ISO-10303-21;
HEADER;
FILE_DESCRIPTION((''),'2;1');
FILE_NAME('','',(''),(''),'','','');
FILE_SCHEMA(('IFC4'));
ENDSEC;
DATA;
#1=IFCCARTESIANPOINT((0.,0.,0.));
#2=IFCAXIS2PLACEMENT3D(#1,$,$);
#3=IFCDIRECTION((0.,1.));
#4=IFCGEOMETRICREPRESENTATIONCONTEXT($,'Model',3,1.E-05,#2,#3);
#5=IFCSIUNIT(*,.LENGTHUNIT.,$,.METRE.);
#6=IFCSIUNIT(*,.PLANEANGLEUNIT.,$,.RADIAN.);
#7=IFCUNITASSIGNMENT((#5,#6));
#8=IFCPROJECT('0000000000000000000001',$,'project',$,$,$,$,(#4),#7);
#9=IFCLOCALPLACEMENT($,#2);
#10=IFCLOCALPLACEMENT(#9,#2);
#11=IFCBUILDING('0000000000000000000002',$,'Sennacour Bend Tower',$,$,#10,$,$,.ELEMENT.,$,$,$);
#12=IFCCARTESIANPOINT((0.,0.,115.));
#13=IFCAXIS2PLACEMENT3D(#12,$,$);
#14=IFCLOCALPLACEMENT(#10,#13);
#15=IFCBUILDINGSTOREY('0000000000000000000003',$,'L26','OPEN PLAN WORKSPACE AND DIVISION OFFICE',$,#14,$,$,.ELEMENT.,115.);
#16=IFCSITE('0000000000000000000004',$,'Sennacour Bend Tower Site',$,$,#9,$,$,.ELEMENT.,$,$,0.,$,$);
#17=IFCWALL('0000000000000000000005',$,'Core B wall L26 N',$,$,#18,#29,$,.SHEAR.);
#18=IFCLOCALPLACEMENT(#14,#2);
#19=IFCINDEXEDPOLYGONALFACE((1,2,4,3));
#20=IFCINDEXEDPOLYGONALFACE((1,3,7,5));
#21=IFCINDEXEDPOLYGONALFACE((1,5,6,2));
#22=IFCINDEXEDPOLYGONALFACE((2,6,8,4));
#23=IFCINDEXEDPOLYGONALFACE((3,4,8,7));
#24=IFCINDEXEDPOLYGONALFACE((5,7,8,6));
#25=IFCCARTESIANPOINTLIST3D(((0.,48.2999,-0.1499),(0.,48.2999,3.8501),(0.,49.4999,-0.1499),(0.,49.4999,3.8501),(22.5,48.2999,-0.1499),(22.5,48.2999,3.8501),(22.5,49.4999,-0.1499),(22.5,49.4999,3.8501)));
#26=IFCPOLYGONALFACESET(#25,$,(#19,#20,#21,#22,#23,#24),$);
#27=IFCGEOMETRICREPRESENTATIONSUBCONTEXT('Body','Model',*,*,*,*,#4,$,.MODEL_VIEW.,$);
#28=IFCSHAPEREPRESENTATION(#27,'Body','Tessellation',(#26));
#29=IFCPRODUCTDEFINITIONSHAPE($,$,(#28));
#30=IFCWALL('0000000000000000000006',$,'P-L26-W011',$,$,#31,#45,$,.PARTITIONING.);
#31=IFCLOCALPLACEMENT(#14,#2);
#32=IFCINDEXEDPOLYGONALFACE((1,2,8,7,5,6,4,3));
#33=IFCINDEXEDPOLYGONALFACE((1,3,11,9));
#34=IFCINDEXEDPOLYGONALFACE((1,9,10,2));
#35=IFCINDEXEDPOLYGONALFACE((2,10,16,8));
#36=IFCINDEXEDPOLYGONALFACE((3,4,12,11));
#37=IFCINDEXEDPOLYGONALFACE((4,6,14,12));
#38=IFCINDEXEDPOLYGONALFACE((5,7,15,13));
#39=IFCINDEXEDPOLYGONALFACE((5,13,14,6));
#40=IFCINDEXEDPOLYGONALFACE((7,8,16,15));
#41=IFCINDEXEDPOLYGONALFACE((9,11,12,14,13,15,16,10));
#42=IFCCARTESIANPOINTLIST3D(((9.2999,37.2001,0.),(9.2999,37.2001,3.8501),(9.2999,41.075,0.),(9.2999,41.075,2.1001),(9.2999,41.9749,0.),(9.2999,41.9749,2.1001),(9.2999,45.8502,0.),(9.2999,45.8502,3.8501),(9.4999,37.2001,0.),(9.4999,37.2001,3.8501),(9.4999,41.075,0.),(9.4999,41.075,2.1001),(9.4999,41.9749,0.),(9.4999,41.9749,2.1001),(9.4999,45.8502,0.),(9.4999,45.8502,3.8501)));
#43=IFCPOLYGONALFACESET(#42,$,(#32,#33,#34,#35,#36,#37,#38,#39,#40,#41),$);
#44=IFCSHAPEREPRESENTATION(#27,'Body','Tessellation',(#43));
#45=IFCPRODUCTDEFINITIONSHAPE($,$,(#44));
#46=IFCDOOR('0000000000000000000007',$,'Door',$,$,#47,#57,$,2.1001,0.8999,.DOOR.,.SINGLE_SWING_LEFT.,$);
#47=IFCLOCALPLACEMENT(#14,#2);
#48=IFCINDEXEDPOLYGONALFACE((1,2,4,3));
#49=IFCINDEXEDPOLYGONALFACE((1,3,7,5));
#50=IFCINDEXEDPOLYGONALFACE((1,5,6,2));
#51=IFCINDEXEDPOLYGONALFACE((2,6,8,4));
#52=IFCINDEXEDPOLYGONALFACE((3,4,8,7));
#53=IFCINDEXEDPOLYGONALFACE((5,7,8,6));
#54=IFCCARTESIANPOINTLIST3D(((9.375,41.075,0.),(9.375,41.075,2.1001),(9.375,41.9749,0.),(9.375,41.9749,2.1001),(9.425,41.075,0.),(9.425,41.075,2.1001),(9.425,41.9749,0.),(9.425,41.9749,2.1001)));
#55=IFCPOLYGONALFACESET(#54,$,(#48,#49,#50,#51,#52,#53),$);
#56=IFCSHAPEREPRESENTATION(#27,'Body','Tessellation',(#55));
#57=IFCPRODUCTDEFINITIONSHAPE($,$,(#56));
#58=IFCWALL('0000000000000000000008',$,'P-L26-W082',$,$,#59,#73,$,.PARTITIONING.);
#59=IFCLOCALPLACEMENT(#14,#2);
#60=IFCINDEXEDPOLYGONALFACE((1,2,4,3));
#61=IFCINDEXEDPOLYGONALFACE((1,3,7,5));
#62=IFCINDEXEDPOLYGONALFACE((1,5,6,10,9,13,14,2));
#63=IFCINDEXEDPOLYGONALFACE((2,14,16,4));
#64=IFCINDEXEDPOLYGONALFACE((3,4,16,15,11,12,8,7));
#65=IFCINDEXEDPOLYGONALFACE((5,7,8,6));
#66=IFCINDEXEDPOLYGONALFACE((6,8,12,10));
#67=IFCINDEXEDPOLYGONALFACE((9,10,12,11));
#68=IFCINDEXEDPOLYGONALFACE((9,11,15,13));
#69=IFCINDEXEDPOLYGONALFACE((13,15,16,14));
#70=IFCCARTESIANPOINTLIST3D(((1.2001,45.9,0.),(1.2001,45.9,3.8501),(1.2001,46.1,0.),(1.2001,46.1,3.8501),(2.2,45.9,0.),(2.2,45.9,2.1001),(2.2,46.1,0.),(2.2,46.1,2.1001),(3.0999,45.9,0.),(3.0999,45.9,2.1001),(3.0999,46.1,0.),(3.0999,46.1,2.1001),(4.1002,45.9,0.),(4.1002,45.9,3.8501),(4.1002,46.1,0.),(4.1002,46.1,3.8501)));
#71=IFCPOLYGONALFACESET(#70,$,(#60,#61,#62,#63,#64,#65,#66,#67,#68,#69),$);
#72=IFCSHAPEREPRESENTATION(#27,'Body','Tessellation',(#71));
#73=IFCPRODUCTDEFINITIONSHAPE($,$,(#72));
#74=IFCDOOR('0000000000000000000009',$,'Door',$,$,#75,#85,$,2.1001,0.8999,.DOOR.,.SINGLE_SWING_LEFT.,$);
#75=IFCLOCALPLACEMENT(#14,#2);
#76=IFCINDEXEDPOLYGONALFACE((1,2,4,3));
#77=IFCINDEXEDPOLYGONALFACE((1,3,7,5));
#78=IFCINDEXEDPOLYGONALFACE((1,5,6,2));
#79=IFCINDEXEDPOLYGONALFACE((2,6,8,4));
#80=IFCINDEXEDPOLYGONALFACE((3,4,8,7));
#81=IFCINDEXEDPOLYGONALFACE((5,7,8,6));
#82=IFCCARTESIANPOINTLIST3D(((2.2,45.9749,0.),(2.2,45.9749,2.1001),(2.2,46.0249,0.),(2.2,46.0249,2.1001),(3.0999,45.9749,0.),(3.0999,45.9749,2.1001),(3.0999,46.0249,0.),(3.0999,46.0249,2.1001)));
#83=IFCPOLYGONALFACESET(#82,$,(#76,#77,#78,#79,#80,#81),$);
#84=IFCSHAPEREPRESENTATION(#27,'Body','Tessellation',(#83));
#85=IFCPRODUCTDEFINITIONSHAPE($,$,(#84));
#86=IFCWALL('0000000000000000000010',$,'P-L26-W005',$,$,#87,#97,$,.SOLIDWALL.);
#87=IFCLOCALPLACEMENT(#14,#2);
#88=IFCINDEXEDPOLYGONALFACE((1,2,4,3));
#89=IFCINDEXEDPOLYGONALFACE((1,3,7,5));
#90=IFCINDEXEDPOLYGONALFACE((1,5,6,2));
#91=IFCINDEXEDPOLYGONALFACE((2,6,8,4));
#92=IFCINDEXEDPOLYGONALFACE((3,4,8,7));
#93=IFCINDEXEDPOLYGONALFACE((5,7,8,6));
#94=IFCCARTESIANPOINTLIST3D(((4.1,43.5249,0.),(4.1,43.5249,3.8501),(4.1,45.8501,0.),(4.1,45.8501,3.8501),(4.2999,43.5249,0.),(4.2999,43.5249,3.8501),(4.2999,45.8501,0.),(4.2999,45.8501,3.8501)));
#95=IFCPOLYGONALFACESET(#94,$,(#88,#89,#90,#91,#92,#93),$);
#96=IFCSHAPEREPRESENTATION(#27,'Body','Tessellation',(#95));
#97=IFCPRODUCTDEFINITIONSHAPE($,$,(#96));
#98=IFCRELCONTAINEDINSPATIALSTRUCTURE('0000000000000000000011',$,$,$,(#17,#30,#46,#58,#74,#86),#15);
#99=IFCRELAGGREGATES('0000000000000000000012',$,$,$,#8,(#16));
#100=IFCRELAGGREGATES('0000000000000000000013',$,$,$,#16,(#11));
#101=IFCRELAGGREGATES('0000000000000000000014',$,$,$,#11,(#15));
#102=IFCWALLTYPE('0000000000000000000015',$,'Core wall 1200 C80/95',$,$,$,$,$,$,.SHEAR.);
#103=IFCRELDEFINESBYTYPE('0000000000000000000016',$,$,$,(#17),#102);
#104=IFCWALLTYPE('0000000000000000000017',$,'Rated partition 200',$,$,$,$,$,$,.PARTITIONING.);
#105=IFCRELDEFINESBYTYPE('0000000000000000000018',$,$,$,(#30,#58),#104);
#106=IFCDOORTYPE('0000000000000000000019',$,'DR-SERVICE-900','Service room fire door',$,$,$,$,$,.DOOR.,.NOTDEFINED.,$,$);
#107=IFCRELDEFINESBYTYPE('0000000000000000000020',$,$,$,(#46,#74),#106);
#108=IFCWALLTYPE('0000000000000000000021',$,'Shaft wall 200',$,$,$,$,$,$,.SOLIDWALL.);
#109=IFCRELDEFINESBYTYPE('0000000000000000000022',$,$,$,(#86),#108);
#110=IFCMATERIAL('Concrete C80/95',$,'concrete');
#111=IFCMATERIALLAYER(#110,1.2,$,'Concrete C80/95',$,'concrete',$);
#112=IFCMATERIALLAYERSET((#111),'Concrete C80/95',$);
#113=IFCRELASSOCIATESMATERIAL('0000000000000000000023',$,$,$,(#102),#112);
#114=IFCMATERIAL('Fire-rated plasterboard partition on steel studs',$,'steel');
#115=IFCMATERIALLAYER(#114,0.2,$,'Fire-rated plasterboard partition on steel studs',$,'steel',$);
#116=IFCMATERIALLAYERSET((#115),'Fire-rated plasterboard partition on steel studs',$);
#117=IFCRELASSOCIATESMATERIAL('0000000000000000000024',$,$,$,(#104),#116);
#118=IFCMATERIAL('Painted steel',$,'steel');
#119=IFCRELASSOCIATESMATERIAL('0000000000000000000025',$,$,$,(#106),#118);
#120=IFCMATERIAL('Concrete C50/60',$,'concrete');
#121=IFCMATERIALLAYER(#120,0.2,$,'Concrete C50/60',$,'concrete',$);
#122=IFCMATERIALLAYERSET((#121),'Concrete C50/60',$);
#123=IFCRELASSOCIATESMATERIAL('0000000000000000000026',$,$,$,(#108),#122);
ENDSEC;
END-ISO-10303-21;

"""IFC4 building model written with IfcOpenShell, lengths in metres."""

from ifc_helpers import new_model, si_unit, direction, frame, frame_2d, origin, place, context, subcontext, project, spatial, rectangle, extrude, material, layer, layer_set, type_object, element, fill, save


model = new_model("IFC4")

# Units and contexts
model_context = context("Model", 3, precision=1e-05, world=origin(), true_north=direction((0.0, 1.0)))
body_context = subcontext(model_context, "Body", "Model", "MODEL_VIEW")
ifc_project = project(units=[si_unit("LENGTHUNIT", "METRE"), si_unit("PLANEANGLEUNIT", "RADIAN")], contexts=[model_context])

# Site, building, storey
site_placement = place(None, origin())
site = spatial("IfcSite", under=ifc_project, at=site_placement, Name="Sennacour Bend Tower Site", CompositionType="ELEMENT", RefElevation=0.0)
building_placement = place(site_placement, origin())
building = spatial("IfcBuilding", under=site, at=building_placement, Name="Sennacour Bend Tower", CompositionType="ELEMENT")
storey_placement = place(building_placement, frame((0.0, 0.0, 115.0)))
storey = spatial("IfcBuildingStorey", under=building, at=storey_placement, Name="L26", Description="OPEN PLAN WORKSPACE AND DIVISION OFFICE", CompositionType="ELEMENT", Elevation=115.0)

# Wall
ifc_material_1 = material(Name="Concrete C80/95", Category="concrete")
ifc_layer_1 = layer(ifc_material_1, 1.2, Name="Concrete C80/95", Category="concrete")
ifc_layer_set_1 = layer_set([ifc_layer_1], Name="Concrete C80/95")
wall_type_1 = type_object("IfcWallType", Name="Core wall 1200 C80/95", PredefinedType="SHEAR", material=ifc_layer_set_1)
wall_1_placement = place(storey_placement, frame((0.0, 48.8999, -0.1499), z_axis=(0.0, 0.0, 1.0), x_axis=(1.0, 0.0, 0.0)))
element("IfcWall", 1, at=wall_1_placement, inside=storey, type_object=wall_type_1, Name="Core B wall L26 N", PredefinedType="SHEAR", context=body_context, shape_type="SweptSolid", body=[
    extrude(rectangle(XDim=22.5, YDim=1.2, at=frame_2d((11.25, 0.0))), origin(), (0.0, 0.0, 1.0), 4.0),
])

# Walls, openings, doors
ifc_material_2 = material(Name="Fire-rated plasterboard partition on steel studs", Category="steel")
ifc_layer_2 = layer(ifc_material_2, 0.2, Name="Fire-rated plasterboard partition on steel studs", Category="steel")
ifc_layer_set_2 = layer_set([ifc_layer_2], Name="Fire-rated plasterboard partition on steel studs")
wall_type_2 = type_object("IfcWallType", Name="Rated partition 200", PredefinedType="PARTITIONING", material=ifc_layer_set_2)
wall_2_placement = place(storey_placement, frame((9.3999, 37.2, 0.0), z_axis=(0.0, 0.0, 1.0), x_axis=(0.0, 1.0, 0.0)))
wall_2 = element("IfcWall", 2, at=wall_2_placement, inside=storey, type_object=wall_type_2, Name="P-L26-W011", PredefinedType="PARTITIONING", context=body_context, shape_type="SweptSolid", body=[
    extrude(rectangle(XDim=8.6501, YDim=0.2, at=frame_2d((4.3252, 0.0))), origin(), (0.0, 0.0, 1.0), 3.8501),
])
opening_1_placement = place(wall_2_placement, frame((3.875, 0.0, 0.0)))
opening_1 = element("IfcOpeningElement", 3, at=opening_1_placement, cuts=wall_2, PredefinedType="OPENING", context=body_context, shape_type="SweptSolid", body=[
    extrude(rectangle(XDim=0.8999, YDim=2.1001, at=frame_2d((0.45, 1.05))), frame((0.0, 0.1099, 0.0), z_axis=(0.0, -1.0, 0.0), x_axis=(1.0, 0.0, 0.0)), (0.0, 0.0, 1.0), 0.22),
])
ifc_material_3 = material(Name="Painted steel", Category="steel")
door_type_1 = type_object("IfcDoorType", Name="DR-SERVICE-900", Description="Service room fire door", OperationType="NOTDEFINED", PredefinedType="DOOR", material=ifc_material_3)
door_1_placement = place(opening_1_placement, origin())
door_1 = element("IfcDoor", 4, at=door_1_placement, inside=storey, type_object=door_type_1, Name="Door", OperationType="SINGLE_SWING_LEFT", OverallHeight=2.1001, OverallWidth=0.8999, PredefinedType="DOOR", context=body_context, shape_type="SweptSolid", body=[
    extrude(rectangle(XDim=0.8999, YDim=2.1001, at=frame_2d((0.45, 1.05))), frame((0.0, 0.0249, 0.0), z_axis=(0.0, -1.0, 0.0), x_axis=(1.0, 0.0, 0.0)), (0.0, 0.0, 1.0), 0.05),
])
fill(opening_1, door_1)
wall_3_placement = place(storey_placement, frame((1.2, 46.0, 0.0), z_axis=(0.0, 0.0, 1.0), x_axis=(1.0, 0.0, 0.0)))
wall_3 = element("IfcWall", 5, at=wall_3_placement, inside=storey, type_object=wall_type_2, Name="P-L26-W082", PredefinedType="PARTITIONING", context=body_context, shape_type="SweptSolid", body=[
    extrude(rectangle(XDim=2.9001, YDim=0.2, at=frame_2d((1.4502, 0.0))), origin(), (0.0, 0.0, 1.0), 3.8501),
])
opening_2_placement = place(wall_3_placement, frame((1.0, 0.0, 0.0)))
opening_2 = element("IfcOpeningElement", 6, at=opening_2_placement, cuts=wall_3, PredefinedType="OPENING", context=body_context, shape_type="SweptSolid", body=[
    extrude(rectangle(XDim=0.8999, YDim=2.1001, at=frame_2d((0.45, 1.05))), frame((0.0, 0.1099, 0.0), z_axis=(0.0, -1.0, 0.0), x_axis=(1.0, 0.0, 0.0)), (0.0, 0.0, 1.0), 0.22),
])
door_2_placement = place(opening_2_placement, origin())
door_2 = element("IfcDoor", 7, at=door_2_placement, inside=storey, type_object=door_type_1, Name="Door", OperationType="SINGLE_SWING_LEFT", OverallHeight=2.1001, OverallWidth=0.8999, PredefinedType="DOOR", context=body_context, shape_type="SweptSolid", body=[
    extrude(rectangle(XDim=0.8999, YDim=2.1001, at=frame_2d((0.45, 1.05))), frame((0.0, 0.0249, 0.0), z_axis=(0.0, -1.0, 0.0), x_axis=(1.0, 0.0, 0.0)), (0.0, 0.0, 1.0), 0.05),
])
fill(opening_2, door_2)

# Wall
ifc_material_4 = material(Name="Concrete C50/60", Category="concrete")
ifc_layer_3 = layer(ifc_material_4, 0.2, Name="Concrete C50/60", Category="concrete")
ifc_layer_set_3 = layer_set([ifc_layer_3], Name="Concrete C50/60")
wall_type_3 = type_object("IfcWallType", Name="Shaft wall 200", PredefinedType="SOLIDWALL", material=ifc_layer_set_3)
wall_4_placement = place(storey_placement, frame((4.2, 43.5249, 0.0), z_axis=(0.0, 0.0, 1.0), x_axis=(0.0, 1.0, 0.0)))
element("IfcWall", 8, at=wall_4_placement, inside=storey, type_object=wall_type_3, Name="P-L26-W005", PredefinedType="SOLIDWALL", context=body_context, shape_type="SweptSolid", body=[
    extrude(rectangle(XDim=2.3252, YDim=0.2, at=frame_2d((1.1626, 0.0))), origin(), (0.0, 0.0, 1.0), 3.8501),
])

save(model, "model.ifc")
